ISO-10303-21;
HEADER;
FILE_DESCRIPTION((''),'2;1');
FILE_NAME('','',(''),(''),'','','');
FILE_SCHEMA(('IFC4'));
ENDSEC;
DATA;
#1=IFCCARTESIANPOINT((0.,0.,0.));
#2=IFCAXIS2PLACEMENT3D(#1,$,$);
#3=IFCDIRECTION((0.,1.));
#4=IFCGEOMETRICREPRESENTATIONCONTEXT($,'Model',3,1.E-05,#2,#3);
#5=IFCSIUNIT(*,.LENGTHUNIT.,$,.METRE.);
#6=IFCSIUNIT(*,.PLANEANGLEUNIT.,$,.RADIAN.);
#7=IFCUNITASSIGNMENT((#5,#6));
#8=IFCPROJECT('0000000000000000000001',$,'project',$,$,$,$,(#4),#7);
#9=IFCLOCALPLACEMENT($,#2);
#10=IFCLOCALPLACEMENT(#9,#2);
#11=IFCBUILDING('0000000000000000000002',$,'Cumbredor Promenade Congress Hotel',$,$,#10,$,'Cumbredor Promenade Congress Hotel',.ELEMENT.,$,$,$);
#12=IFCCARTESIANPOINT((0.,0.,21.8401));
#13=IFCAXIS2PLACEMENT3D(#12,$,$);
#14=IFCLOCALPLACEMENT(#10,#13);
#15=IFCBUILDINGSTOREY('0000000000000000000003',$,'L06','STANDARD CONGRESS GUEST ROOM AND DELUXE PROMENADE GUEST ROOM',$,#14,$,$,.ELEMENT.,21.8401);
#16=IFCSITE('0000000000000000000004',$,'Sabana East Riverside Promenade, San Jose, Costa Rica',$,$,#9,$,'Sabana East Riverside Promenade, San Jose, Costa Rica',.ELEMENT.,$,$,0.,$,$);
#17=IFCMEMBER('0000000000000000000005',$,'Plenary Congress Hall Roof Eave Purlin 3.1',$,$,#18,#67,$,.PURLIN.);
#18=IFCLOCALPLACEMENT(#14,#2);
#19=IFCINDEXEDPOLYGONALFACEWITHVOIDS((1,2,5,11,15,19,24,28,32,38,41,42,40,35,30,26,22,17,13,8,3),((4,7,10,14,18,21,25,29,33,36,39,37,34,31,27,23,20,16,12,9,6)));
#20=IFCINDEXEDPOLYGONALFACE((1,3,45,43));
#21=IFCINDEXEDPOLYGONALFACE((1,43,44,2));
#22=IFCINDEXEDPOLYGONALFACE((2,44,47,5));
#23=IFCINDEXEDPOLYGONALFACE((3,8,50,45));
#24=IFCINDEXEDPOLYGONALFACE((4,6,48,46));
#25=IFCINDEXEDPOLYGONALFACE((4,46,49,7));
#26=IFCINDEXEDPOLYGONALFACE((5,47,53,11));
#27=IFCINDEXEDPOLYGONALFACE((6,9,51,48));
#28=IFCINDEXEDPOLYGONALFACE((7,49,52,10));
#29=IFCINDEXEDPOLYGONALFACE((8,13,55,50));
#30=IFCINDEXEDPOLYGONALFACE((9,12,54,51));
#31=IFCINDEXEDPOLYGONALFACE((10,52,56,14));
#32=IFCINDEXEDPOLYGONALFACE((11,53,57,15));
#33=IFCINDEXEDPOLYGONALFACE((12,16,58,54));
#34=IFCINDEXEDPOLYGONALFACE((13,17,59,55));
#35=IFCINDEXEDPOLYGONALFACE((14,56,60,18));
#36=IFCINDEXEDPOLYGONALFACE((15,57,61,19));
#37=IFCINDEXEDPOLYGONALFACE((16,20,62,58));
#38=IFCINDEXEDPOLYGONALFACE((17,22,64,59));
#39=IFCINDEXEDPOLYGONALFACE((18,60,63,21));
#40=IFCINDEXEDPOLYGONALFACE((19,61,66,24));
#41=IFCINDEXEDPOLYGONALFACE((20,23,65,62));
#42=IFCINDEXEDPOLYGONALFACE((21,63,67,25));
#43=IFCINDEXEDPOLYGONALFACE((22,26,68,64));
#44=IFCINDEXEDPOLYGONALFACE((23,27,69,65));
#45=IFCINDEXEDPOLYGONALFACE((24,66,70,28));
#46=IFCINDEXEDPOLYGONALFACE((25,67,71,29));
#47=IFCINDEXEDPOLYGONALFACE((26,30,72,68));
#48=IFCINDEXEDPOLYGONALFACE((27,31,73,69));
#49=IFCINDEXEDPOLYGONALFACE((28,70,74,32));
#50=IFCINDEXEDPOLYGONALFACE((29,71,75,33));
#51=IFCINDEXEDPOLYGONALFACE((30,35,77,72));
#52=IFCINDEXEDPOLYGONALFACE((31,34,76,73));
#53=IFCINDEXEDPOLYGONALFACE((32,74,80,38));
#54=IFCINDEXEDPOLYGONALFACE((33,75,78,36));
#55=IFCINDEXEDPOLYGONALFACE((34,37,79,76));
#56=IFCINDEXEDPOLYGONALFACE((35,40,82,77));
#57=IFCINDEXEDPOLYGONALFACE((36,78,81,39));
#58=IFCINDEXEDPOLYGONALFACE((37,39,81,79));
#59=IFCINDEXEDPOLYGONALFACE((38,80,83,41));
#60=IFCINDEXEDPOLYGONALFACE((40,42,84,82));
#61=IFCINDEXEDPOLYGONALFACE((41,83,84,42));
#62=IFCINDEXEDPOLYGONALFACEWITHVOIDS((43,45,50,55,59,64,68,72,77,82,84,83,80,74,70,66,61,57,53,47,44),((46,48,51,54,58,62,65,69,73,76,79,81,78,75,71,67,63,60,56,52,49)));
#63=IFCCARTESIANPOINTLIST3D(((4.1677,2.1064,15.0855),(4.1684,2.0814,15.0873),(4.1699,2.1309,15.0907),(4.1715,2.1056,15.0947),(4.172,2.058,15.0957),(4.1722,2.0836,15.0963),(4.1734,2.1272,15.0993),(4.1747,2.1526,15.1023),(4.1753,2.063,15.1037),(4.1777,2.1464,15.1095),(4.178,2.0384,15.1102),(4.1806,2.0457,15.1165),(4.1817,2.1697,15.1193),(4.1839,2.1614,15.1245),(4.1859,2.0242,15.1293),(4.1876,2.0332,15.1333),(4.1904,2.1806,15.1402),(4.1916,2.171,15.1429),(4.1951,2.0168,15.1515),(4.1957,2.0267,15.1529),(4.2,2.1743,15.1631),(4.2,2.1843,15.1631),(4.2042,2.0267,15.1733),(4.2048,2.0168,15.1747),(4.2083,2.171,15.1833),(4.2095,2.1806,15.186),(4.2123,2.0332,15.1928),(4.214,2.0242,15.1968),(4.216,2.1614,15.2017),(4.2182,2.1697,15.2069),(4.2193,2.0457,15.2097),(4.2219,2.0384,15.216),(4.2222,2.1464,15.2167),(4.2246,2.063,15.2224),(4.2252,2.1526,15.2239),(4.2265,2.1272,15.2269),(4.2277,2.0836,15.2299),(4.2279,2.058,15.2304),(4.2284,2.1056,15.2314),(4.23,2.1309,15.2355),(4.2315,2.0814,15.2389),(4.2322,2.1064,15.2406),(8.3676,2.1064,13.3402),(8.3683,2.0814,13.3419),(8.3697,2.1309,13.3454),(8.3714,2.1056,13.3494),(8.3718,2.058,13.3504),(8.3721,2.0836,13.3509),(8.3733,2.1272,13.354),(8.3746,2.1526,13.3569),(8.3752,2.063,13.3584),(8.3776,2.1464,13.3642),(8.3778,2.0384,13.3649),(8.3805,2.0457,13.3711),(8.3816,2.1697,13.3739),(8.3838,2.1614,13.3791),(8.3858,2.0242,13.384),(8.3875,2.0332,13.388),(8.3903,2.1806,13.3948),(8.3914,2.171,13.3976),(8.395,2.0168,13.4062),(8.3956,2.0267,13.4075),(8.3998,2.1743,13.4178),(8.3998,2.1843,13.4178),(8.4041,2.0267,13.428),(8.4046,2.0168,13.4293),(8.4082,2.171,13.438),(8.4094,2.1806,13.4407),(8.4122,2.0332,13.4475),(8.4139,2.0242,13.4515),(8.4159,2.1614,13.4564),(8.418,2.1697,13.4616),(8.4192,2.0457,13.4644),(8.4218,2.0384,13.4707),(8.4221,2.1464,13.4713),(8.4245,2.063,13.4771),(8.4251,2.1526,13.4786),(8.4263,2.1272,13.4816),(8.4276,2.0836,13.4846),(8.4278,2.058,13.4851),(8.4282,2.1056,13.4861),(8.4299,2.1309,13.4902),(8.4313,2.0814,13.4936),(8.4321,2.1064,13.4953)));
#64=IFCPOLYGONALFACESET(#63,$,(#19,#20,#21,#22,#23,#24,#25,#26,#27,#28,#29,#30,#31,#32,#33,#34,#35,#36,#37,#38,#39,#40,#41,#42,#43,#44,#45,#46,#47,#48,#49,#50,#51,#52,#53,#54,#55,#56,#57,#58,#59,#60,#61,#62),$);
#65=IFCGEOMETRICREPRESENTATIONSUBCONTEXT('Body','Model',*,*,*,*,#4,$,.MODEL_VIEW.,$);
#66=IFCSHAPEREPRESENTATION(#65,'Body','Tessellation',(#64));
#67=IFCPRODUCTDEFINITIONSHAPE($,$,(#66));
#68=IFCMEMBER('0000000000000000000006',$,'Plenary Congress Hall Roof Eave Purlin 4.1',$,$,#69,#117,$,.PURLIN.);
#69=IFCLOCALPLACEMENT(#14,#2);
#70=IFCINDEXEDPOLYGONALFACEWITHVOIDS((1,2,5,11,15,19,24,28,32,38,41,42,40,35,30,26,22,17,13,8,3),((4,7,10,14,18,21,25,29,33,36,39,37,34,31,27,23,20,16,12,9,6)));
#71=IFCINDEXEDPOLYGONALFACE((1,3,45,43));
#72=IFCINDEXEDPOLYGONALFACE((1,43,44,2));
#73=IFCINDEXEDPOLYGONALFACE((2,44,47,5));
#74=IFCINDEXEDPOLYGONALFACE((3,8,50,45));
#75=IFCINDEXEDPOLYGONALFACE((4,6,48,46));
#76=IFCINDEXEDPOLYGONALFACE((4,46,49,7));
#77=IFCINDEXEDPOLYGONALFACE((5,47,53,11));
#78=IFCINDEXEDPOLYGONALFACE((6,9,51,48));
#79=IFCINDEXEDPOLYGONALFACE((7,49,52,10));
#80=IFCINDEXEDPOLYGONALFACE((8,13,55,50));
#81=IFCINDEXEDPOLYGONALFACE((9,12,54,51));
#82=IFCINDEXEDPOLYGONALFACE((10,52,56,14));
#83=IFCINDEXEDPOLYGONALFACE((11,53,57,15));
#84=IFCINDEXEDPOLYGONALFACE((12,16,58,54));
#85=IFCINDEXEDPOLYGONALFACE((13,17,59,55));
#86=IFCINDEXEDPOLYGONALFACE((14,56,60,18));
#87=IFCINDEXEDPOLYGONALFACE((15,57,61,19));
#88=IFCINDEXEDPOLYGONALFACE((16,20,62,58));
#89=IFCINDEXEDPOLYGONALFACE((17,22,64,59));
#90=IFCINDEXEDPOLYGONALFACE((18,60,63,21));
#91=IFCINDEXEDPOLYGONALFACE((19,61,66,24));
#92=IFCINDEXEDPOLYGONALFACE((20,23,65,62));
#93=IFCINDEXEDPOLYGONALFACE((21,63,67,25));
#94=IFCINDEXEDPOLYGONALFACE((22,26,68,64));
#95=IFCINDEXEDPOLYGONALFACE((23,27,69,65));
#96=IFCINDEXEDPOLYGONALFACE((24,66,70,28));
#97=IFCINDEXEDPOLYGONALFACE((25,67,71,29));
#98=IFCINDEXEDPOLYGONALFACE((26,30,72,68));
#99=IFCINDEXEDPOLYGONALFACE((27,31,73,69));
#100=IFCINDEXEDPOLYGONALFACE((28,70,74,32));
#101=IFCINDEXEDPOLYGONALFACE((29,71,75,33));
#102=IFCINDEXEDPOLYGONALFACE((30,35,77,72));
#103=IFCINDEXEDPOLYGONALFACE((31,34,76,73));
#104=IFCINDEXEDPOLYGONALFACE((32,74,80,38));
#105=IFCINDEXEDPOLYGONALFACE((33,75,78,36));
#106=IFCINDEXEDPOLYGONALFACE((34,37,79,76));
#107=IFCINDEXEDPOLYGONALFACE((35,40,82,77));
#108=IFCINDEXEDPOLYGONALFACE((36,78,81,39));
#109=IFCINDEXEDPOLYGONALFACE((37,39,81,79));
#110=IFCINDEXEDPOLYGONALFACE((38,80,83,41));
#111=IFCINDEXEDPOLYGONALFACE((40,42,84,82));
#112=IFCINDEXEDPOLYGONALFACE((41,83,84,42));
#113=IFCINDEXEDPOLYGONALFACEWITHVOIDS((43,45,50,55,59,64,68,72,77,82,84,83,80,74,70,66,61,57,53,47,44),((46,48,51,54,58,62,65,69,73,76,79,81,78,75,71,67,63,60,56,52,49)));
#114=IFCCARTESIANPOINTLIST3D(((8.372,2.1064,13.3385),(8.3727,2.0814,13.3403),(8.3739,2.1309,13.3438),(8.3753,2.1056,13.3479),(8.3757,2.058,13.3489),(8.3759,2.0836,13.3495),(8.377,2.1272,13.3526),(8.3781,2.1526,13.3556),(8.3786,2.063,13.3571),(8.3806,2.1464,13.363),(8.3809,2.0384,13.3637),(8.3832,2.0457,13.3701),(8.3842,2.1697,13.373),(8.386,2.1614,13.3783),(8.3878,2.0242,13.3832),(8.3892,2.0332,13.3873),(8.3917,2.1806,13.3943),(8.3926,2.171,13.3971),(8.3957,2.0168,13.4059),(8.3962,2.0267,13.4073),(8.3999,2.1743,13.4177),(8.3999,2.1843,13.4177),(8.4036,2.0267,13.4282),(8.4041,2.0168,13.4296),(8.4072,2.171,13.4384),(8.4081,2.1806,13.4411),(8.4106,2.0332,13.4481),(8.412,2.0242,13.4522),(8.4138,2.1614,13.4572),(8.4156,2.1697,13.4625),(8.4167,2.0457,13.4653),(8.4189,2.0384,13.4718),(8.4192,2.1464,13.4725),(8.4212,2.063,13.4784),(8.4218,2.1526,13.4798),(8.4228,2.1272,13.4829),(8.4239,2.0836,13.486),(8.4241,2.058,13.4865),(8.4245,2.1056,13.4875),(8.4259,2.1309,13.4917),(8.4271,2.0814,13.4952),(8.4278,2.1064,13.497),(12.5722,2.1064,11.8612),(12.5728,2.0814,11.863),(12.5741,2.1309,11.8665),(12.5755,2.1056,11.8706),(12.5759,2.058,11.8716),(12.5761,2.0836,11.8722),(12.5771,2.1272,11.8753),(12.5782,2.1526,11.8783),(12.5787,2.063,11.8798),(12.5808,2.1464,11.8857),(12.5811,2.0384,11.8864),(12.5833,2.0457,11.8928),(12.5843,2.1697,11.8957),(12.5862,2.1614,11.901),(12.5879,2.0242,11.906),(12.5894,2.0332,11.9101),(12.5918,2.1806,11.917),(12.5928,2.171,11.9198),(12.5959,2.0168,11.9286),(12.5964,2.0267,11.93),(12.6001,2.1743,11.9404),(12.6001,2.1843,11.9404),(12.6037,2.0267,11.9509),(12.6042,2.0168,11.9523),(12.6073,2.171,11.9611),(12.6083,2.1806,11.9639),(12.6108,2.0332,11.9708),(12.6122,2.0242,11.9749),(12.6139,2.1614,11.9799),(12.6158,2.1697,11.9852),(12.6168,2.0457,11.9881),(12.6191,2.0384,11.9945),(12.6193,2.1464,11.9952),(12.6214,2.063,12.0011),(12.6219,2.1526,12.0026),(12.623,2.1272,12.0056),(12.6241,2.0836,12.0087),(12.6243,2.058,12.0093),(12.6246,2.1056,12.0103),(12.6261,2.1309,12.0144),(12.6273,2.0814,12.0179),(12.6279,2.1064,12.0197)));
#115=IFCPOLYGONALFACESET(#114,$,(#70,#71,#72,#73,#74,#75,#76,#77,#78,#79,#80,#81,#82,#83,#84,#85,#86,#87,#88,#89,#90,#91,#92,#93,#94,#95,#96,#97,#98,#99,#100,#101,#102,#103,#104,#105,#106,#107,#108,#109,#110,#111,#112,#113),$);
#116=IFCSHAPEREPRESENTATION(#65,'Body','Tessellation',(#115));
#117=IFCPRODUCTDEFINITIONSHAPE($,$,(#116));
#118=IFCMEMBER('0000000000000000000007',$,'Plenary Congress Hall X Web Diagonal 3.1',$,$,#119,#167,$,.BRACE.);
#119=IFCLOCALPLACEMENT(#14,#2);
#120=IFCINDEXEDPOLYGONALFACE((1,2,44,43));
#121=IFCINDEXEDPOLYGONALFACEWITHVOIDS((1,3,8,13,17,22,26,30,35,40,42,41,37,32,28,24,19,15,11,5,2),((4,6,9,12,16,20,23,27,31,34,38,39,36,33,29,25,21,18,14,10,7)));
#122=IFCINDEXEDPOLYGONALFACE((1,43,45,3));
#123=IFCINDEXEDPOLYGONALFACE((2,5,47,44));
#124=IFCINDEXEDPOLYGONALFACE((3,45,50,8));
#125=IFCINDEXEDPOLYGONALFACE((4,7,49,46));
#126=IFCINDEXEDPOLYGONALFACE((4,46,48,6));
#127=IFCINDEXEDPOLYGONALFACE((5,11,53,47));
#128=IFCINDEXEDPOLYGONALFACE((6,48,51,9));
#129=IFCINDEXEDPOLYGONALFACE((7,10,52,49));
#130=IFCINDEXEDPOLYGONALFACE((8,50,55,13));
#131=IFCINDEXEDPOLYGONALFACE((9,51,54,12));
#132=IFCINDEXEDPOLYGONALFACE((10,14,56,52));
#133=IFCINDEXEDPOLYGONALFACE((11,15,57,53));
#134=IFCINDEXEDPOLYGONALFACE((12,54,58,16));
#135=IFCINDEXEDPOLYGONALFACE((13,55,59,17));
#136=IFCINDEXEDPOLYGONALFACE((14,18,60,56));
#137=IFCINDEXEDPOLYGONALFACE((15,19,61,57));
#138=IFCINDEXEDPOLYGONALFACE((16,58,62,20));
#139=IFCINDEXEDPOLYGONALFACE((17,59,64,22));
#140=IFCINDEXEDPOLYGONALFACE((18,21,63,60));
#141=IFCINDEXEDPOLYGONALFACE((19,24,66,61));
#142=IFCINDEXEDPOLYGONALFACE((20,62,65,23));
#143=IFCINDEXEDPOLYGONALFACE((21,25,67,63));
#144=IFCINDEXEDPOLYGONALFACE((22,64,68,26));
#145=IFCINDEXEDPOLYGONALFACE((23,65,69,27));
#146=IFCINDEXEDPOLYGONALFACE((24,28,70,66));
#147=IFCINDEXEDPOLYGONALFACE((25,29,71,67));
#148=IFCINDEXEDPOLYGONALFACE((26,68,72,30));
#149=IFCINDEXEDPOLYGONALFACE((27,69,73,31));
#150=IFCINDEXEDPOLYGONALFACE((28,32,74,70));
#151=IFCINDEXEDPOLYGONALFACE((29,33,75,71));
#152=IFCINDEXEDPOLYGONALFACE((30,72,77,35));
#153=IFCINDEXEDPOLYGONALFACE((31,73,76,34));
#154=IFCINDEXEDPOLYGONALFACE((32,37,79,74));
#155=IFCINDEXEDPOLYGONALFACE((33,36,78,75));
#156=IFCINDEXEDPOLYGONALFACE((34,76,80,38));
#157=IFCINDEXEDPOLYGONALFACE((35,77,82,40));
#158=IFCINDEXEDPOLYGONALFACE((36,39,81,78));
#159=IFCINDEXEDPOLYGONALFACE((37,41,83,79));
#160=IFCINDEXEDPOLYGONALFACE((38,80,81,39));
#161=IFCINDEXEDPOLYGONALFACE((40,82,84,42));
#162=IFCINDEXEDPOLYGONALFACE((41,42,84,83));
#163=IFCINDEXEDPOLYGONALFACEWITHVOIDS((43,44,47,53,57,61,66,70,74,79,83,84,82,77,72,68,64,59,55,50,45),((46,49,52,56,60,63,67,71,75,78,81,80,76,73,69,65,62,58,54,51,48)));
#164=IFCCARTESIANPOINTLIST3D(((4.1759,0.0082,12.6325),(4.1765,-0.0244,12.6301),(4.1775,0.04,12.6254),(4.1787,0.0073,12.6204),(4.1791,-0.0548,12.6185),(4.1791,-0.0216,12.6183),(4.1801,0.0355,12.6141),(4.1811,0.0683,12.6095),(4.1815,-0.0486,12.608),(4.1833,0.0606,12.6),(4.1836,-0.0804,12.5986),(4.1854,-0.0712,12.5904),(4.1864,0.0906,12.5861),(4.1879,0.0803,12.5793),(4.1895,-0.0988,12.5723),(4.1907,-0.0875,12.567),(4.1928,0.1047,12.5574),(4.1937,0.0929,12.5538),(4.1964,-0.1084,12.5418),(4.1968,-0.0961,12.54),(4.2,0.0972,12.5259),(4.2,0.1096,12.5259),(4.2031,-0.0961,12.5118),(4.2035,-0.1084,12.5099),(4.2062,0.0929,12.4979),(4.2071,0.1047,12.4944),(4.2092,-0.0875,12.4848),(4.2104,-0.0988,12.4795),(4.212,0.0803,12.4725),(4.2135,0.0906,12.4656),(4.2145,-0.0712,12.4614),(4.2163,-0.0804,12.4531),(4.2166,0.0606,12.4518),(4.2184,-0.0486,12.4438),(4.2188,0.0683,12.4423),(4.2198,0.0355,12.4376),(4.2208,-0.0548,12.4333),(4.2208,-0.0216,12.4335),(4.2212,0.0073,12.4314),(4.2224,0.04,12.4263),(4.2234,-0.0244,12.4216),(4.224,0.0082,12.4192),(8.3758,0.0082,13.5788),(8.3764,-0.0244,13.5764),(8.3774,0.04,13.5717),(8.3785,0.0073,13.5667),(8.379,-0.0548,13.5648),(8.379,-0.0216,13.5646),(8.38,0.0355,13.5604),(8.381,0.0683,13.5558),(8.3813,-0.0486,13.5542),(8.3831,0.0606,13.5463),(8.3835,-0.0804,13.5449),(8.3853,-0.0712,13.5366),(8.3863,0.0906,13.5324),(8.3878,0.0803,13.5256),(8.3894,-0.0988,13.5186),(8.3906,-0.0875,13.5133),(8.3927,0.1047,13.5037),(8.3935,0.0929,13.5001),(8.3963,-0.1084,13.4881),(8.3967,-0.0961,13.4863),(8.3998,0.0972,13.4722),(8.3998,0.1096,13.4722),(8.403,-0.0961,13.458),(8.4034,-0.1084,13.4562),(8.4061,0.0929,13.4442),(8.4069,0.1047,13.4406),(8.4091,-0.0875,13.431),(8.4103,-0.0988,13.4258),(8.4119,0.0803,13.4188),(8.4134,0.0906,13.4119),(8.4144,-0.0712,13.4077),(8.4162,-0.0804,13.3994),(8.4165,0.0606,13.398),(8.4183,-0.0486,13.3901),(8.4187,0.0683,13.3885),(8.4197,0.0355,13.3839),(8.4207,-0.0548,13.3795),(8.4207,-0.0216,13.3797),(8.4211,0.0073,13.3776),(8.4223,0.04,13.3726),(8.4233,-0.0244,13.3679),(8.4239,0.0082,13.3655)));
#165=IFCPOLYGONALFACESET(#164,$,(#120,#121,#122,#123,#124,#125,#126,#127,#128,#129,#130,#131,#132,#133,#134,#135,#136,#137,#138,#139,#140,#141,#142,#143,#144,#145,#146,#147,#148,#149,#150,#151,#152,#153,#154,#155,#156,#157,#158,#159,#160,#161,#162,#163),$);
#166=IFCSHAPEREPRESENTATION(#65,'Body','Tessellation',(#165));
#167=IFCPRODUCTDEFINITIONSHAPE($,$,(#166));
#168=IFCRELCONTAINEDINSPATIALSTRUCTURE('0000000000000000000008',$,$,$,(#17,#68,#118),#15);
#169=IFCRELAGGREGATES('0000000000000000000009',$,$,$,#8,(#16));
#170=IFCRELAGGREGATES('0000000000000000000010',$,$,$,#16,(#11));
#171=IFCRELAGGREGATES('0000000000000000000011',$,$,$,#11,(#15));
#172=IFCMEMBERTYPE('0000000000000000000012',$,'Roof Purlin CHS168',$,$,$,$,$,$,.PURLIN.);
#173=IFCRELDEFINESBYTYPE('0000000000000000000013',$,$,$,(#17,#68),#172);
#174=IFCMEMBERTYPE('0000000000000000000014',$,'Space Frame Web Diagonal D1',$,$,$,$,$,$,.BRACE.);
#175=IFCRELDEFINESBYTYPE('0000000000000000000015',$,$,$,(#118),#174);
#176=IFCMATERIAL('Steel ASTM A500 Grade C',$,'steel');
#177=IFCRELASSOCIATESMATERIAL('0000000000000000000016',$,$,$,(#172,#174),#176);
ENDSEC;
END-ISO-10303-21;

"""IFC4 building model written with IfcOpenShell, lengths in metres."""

from ifc_helpers import new_model, si_unit, direction, frame, origin, origin_2d, place, context, subcontext, project, spatial, hollow_circle, extrude, material, material_profile, profile_set, type_object, element, save


model = new_model("IFC4")

# Units and contexts
model_context = context("Model", 3, precision=1e-05, world=origin(), true_north=direction((0.0, 1.0)))
body_context = subcontext(model_context, "Body", "Model", "MODEL_VIEW")
ifc_project = project(units=[si_unit("LENGTHUNIT", "METRE"), si_unit("PLANEANGLEUNIT", "RADIAN")], contexts=[model_context])

# Site, building, storey
site_placement = place(None, origin())
site = spatial("IfcSite", under=ifc_project, at=site_placement, Name="Sabana East Riverside Promenade, San Jose, Costa Rica", LongName="Sabana East Riverside Promenade, San Jose, Costa Rica", CompositionType="ELEMENT", RefElevation=0.0)
building_placement = place(site_placement, origin())
building = spatial("IfcBuilding", under=site, at=building_placement, Name="Cumbredor Promenade Congress Hotel", LongName="Cumbredor Promenade Congress Hotel", CompositionType="ELEMENT")
storey_placement = place(building_placement, frame((0.0, 0.0, 21.8401)))
storey = spatial("IfcBuildingStorey", under=building, at=storey_placement, Name="L06", Description="STANDARD CONGRESS GUEST ROOM AND DELUXE PROMENADE GUEST ROOM", CompositionType="ELEMENT", Elevation=21.8401)

# Members
ifc_material_1 = material(Name="Steel ASTM A500 Grade C", Category="steel")
ifc_material_profile_1 = material_profile(ifc_material_1, hollow_circle(Radius=0.0842, WallThickness=0.01, at=origin_2d()), Name="CHS 168.3x10")
ifc_profile_set_1 = profile_set([ifc_material_profile_1], Name="Steel ASTM A500 Grade C")
member_type_1 = type_object("IfcMemberType", Name="Roof Purlin CHS168", PredefinedType="PURLIN", material=ifc_profile_set_1)
member_1_placement = place(storey_placement, frame((4.2, 2.1001, 15.1631), z_axis=(0.923437, 0.0, -0.38375), x_axis=(0.0, 1.0, 0.0)))
element("IfcMember", 1, at=member_1_placement, inside=storey, type_object=member_type_1, Name="Plenary Congress Hall Roof Eave Purlin 3.1", PredefinedType="PURLIN", context=body_context, shape_type="SweptSolid", body=[
    extrude(hollow_circle(Radius=0.0842, WallThickness=0.01, at=origin_2d()), origin(), (0.0, 0.0, 1.0), 4.5481),
])
member_2_placement = place(storey_placement, frame((8.3999, 2.1001, 13.4177), z_axis=(0.943351, 0.0, -0.331796), x_axis=(0.0, 1.0, 0.0)))
element("IfcMember", 2, at=member_2_placement, inside=storey, type_object=member_type_1, Name="Plenary Congress Hall Roof Eave Purlin 4.1", PredefinedType="PURLIN", context=body_context, shape_type="SweptSolid", body=[
    extrude(hollow_circle(Radius=0.0842, WallThickness=0.01, at=origin_2d()), origin(), (0.0, 0.0, 1.0), 4.4524),
])
ifc_material_profile_2 = material_profile(ifc_material_1, hollow_circle(Radius=0.1096, WallThickness=0.0125, at=origin_2d()), Name="CHS 219.1x12.5")
ifc_profile_set_2 = profile_set([ifc_material_profile_2], Name="Steel ASTM A500 Grade C")
member_type_2 = type_object("IfcMemberType", Name="Space Frame Web Diagonal D1", PredefinedType="BRACE", material=ifc_profile_set_2)
member_3_placement = place(storey_placement, frame((4.2, 0.0, 12.5259), z_axis=(0.975545, 0.0, 0.2198), x_axis=(0.0, 1.0, 0.0)))
element("IfcMember", 3, at=member_3_placement, inside=storey, type_object=member_type_2, Name="Plenary Congress Hall X Web Diagonal 3.1", PredefinedType="BRACE", context=body_context, shape_type="SweptSolid", body=[
    extrude(hollow_circle(Radius=0.1096, WallThickness=0.0125, at=origin_2d()), origin(), (0.0, 0.0, 1.0), 4.3052),
])

save(model, "model.ifc")
